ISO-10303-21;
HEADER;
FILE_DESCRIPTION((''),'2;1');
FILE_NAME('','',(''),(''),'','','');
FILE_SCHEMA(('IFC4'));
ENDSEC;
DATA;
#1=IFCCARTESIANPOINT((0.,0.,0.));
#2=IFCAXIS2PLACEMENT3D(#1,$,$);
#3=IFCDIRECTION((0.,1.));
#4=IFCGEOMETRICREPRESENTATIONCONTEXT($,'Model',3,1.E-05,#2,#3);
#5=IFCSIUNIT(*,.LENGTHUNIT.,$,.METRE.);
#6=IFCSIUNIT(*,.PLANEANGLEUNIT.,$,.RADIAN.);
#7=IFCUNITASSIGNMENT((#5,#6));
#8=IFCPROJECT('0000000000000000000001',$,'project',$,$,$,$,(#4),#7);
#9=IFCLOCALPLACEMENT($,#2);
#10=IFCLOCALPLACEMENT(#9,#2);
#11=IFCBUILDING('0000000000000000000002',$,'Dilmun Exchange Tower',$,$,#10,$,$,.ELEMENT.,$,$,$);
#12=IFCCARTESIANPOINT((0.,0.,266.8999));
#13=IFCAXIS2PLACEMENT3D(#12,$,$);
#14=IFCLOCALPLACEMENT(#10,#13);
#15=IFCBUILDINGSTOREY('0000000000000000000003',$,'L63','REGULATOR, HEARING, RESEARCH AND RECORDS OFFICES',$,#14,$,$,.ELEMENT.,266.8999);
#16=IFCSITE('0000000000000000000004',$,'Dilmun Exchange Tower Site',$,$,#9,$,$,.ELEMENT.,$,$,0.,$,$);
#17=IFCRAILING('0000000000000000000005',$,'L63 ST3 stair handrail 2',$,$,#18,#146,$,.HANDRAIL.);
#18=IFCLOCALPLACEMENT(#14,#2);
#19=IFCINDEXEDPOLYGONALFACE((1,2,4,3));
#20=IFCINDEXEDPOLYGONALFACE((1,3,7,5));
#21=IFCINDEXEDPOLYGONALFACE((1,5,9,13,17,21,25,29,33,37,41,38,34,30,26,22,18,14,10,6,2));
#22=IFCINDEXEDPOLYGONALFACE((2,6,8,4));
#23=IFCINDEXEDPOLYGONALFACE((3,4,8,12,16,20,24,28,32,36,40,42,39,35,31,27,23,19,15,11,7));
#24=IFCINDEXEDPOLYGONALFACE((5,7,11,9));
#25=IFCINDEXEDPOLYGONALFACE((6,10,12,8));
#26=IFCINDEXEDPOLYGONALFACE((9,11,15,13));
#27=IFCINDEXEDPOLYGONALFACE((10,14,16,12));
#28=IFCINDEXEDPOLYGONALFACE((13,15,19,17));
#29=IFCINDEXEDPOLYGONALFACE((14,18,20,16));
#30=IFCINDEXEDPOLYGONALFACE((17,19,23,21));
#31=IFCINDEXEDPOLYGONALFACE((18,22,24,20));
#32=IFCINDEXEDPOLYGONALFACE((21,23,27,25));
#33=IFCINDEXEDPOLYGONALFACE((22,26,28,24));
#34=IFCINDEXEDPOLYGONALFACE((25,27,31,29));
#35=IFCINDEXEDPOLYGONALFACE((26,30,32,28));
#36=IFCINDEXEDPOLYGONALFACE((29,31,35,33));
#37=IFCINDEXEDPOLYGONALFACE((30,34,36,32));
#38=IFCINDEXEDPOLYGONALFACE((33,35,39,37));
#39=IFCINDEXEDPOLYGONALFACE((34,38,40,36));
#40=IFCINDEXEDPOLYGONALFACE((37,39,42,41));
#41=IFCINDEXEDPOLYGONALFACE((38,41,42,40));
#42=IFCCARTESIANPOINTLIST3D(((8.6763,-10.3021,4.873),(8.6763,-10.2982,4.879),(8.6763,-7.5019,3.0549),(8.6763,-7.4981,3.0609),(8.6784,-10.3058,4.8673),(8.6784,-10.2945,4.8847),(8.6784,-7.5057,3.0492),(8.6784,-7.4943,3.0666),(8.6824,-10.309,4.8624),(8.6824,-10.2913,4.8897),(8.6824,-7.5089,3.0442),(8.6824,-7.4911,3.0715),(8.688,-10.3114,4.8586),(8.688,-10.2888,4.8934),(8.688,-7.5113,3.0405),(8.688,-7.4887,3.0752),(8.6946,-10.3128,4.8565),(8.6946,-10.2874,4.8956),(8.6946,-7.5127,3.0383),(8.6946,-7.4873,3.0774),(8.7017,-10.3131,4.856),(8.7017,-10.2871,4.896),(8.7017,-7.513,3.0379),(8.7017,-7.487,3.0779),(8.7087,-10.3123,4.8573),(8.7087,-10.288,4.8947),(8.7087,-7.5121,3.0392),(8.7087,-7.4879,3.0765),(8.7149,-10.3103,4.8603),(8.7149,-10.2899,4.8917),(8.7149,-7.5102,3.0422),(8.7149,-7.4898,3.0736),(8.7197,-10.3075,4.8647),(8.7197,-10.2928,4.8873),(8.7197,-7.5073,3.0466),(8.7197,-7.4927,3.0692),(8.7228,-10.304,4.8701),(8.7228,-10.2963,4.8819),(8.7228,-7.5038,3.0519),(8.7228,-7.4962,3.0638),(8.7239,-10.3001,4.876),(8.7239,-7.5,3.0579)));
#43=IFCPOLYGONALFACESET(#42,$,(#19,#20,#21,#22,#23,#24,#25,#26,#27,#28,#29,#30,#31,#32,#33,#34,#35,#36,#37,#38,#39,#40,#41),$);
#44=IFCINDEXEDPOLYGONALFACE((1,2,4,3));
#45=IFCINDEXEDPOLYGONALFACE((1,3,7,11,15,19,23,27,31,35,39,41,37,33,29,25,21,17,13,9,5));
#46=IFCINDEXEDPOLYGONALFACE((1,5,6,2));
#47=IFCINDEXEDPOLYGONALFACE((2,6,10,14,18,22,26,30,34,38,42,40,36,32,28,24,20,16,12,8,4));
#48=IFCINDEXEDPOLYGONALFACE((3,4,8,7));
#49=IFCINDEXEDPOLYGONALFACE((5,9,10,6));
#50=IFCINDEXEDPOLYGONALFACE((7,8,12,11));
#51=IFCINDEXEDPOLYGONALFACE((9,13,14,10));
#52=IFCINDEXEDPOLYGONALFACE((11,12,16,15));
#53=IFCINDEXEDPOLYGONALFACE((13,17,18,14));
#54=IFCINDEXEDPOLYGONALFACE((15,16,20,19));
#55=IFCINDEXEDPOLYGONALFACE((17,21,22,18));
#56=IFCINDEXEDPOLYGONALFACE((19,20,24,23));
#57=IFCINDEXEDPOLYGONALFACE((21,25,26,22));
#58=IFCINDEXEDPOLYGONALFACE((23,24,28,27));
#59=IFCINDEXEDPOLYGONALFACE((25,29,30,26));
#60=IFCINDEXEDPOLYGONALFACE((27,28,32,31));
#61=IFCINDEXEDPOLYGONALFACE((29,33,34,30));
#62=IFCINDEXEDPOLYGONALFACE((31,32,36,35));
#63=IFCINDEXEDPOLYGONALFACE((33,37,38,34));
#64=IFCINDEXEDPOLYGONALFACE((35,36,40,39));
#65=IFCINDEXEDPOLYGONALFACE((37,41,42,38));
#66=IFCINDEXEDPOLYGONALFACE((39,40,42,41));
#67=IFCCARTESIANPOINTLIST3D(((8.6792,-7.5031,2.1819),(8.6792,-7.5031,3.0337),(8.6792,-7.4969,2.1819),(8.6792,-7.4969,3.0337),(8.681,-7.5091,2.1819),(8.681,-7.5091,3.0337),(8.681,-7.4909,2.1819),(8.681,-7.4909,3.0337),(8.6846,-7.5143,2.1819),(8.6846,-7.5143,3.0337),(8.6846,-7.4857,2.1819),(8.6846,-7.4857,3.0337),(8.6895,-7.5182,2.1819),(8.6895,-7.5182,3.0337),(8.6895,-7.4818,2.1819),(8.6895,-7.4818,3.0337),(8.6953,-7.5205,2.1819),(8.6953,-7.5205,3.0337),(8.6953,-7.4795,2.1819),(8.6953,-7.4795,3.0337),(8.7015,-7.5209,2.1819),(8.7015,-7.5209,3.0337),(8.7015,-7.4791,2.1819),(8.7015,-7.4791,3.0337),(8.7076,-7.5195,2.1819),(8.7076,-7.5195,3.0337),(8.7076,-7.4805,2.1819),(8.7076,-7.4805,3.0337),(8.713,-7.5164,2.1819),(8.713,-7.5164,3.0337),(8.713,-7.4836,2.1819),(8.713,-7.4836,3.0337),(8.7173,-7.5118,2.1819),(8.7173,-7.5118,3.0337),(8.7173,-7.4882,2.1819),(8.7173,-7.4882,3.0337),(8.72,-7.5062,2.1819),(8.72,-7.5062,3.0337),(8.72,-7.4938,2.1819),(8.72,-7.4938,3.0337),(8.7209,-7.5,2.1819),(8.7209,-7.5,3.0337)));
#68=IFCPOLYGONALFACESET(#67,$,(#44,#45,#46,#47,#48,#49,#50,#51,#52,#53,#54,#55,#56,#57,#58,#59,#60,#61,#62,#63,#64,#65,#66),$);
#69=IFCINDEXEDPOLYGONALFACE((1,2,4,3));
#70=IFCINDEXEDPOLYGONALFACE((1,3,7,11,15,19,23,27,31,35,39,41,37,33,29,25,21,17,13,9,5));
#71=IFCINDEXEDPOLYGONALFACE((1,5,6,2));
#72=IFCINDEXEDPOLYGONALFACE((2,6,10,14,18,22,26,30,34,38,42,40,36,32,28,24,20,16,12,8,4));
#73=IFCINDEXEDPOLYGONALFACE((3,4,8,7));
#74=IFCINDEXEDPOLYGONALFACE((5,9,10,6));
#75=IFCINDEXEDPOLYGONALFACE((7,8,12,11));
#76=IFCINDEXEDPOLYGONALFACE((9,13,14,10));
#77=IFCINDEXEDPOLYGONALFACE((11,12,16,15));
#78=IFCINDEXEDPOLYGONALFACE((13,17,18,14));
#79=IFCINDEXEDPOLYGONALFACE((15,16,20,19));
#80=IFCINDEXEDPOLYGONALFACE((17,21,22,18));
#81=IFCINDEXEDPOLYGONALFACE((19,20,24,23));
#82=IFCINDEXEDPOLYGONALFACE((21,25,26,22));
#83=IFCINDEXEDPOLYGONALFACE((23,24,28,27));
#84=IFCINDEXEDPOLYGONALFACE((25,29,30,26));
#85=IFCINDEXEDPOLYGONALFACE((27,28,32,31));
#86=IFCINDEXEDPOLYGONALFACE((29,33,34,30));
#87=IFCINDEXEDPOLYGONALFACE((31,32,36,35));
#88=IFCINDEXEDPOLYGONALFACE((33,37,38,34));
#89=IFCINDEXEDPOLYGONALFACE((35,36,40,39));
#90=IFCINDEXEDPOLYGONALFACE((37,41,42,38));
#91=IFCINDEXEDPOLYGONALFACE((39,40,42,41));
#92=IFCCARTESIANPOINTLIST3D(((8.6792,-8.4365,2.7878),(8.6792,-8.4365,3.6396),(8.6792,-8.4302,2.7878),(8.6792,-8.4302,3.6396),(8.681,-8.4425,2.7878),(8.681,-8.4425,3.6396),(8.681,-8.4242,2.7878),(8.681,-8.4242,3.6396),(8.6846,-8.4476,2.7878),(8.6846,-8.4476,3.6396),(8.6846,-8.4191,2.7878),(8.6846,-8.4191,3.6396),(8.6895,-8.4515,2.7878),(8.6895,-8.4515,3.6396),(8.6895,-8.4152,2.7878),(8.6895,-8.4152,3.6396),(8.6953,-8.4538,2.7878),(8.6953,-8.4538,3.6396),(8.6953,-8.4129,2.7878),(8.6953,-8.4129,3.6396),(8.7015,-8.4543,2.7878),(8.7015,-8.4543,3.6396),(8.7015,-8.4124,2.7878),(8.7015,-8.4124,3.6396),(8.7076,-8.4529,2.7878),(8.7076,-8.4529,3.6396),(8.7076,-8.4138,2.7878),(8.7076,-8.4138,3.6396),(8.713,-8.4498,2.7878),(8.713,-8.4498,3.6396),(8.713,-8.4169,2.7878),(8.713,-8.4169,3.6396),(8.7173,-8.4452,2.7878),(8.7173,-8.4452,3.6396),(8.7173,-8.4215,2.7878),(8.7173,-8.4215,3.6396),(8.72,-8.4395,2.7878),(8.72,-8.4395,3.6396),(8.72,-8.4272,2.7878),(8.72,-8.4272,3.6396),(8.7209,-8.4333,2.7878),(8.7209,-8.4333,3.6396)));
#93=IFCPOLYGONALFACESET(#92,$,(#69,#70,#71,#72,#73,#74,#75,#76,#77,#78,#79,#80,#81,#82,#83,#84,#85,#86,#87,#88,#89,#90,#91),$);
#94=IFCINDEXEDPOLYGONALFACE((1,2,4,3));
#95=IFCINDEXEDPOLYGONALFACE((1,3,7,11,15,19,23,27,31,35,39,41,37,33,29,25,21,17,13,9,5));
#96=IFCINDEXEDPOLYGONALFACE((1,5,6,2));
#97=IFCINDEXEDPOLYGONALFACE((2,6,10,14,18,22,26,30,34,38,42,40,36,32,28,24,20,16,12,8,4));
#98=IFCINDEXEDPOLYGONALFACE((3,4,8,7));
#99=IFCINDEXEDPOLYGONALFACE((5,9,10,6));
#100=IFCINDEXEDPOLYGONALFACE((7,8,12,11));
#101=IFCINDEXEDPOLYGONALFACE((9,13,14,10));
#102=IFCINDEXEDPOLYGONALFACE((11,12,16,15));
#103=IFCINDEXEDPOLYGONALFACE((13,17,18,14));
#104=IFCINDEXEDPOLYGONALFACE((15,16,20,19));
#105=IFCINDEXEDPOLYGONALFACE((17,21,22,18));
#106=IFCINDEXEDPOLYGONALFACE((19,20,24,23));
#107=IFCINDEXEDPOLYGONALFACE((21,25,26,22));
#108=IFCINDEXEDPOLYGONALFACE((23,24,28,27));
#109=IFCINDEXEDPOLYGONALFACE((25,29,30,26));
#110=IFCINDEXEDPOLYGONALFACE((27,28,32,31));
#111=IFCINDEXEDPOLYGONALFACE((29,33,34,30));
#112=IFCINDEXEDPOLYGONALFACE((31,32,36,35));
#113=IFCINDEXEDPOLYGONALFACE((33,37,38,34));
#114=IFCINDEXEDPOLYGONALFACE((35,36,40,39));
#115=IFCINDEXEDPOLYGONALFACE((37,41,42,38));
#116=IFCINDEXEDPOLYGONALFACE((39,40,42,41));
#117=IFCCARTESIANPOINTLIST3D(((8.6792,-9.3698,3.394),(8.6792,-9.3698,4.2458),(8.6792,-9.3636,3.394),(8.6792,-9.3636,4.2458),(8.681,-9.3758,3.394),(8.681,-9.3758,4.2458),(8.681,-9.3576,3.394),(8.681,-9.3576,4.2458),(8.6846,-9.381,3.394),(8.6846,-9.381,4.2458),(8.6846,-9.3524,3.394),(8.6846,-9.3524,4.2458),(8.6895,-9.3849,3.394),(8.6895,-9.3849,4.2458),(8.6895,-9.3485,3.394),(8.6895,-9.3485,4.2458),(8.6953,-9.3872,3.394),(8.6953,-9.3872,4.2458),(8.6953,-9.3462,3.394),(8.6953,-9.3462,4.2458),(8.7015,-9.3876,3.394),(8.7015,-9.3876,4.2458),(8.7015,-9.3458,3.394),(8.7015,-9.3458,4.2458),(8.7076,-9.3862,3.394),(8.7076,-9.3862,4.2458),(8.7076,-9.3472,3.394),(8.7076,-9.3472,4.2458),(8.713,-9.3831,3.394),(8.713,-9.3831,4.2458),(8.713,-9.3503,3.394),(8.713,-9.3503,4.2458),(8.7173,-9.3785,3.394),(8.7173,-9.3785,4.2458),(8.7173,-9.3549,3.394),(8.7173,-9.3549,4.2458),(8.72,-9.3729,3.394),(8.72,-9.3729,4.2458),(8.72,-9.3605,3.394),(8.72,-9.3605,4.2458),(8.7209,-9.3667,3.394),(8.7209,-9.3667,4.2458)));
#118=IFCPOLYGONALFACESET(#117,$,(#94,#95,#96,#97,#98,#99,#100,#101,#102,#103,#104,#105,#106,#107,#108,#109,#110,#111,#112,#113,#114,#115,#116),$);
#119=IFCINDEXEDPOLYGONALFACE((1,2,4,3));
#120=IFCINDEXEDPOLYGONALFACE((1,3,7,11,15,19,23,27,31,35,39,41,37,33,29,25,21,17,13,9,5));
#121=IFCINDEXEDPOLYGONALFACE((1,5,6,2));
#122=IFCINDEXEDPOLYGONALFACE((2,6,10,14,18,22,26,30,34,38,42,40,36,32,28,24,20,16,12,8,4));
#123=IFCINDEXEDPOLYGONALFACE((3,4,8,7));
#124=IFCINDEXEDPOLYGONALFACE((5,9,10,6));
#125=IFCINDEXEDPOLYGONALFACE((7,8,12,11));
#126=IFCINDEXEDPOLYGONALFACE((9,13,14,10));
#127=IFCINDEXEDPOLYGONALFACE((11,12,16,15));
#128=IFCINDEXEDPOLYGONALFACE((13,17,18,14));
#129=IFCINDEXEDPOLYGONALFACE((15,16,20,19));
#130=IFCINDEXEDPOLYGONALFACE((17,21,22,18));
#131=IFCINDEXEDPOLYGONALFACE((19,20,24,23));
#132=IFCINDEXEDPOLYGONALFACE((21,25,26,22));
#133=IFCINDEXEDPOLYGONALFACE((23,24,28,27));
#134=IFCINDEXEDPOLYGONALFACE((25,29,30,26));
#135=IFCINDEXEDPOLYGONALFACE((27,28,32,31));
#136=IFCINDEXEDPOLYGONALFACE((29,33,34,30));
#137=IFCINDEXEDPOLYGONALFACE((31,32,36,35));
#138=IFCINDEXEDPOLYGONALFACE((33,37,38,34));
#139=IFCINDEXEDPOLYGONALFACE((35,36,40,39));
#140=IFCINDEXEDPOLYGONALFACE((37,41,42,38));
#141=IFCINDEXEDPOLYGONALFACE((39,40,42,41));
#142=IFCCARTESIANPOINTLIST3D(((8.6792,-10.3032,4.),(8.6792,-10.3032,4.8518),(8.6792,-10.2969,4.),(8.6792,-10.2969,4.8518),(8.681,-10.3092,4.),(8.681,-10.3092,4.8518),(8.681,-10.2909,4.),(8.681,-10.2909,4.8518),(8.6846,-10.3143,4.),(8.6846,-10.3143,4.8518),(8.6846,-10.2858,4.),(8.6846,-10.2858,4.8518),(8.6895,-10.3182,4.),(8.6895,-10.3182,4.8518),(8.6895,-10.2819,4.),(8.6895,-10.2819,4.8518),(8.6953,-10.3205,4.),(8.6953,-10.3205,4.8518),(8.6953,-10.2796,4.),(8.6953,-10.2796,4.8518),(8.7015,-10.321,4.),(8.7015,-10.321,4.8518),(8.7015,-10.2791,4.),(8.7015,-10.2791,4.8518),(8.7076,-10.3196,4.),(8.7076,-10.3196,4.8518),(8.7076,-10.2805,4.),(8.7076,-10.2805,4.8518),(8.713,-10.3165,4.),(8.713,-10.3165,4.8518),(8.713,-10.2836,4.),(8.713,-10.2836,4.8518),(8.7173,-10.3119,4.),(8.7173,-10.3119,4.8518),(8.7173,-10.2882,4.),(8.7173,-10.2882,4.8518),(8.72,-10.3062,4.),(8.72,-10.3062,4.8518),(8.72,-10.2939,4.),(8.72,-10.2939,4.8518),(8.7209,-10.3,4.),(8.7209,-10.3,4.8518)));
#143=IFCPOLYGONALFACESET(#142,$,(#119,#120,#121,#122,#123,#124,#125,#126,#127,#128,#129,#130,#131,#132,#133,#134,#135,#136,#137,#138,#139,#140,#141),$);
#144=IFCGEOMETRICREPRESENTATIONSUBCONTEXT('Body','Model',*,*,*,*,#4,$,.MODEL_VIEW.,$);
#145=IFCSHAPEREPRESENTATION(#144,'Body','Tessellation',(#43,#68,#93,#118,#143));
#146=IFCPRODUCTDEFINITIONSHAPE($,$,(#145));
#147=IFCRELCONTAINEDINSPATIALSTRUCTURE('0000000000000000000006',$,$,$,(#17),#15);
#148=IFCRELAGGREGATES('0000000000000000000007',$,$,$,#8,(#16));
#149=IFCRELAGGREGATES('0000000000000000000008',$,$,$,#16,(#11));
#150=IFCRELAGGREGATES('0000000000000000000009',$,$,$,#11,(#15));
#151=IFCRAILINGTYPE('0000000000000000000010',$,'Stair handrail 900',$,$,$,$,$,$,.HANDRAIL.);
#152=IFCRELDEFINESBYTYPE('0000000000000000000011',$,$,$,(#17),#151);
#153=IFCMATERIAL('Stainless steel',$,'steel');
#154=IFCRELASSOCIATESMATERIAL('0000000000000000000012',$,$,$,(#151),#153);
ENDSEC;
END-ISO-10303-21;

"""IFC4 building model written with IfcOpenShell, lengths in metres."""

from ifc_helpers import new_model, si_unit, direction, frame, origin, origin_2d, place, context, subcontext, project, spatial, circle, extrude, material, type_object, element, save


model = new_model("IFC4")

# Units and contexts
model_context = context("Model", 3, precision=1e-05, world=origin(), true_north=direction((0.0, 1.0)))
body_context = subcontext(model_context, "Body", "Model", "MODEL_VIEW")
ifc_project = project(units=[si_unit("LENGTHUNIT", "METRE"), si_unit("PLANEANGLEUNIT", "RADIAN")], contexts=[model_context])

# Site, building, storey
site_placement = place(None, origin())
site = spatial("IfcSite", under=ifc_project, at=site_placement, Name="Dilmun Exchange Tower Site", CompositionType="ELEMENT", RefElevation=0.0)
building_placement = place(site_placement, origin())
building = spatial("IfcBuilding", under=site, at=building_placement, Name="Dilmun Exchange Tower", CompositionType="ELEMENT")
storey_placement = place(building_placement, frame((0.0, 0.0, 266.8999)))
storey = spatial("IfcBuildingStorey", under=building, at=storey_placement, Name="L63", Description="REGULATOR, HEARING, RESEARCH AND RECORDS OFFICES", CompositionType="ELEMENT", Elevation=266.8999)

# Railing
ifc_material_1 = material(Name="Stainless steel", Category="steel")
railing_type = type_object("IfcRailingType", Name="Stair handrail 900", PredefinedType="HANDRAIL", material=ifc_material_1)
railing_1_placement = place(storey_placement, frame((8.7, -7.5, 2.1819)))
element("IfcRailing", 1, at=railing_1_placement, inside=storey, type_object=railing_type, Name="L63 ST3 stair handrail 2", PredefinedType="HANDRAIL", context=body_context, shape_type="SweptSolid", body=[
    extrude(circle(Radius=0.0239, at=origin_2d()), frame((0.0, 0.0, 0.876), z_axis=(0.0, -0.838706, 0.544585), x_axis=(1.0, 0.0, 0.0)), (0.0, 0.0, 1.0), 3.3386),
    extrude(circle(Radius=0.021, at=origin_2d()), origin(), (0.0, 0.0, 1.0), 0.8518),
    extrude(circle(Radius=0.021, at=origin_2d()), frame((0.0, -0.9333, 0.606)), (0.0, 0.0, 1.0), 0.8518),
    extrude(circle(Radius=0.021, at=origin_2d()), frame((0.0, -1.8667, 1.2122)), (0.0, 0.0, 1.0), 0.8518),
    extrude(circle(Radius=0.021, at=origin_2d()), frame((0.0, -2.8, 1.8181)), (0.0, 0.0, 1.0), 0.8518),
])

save(model, "model.ifc")
